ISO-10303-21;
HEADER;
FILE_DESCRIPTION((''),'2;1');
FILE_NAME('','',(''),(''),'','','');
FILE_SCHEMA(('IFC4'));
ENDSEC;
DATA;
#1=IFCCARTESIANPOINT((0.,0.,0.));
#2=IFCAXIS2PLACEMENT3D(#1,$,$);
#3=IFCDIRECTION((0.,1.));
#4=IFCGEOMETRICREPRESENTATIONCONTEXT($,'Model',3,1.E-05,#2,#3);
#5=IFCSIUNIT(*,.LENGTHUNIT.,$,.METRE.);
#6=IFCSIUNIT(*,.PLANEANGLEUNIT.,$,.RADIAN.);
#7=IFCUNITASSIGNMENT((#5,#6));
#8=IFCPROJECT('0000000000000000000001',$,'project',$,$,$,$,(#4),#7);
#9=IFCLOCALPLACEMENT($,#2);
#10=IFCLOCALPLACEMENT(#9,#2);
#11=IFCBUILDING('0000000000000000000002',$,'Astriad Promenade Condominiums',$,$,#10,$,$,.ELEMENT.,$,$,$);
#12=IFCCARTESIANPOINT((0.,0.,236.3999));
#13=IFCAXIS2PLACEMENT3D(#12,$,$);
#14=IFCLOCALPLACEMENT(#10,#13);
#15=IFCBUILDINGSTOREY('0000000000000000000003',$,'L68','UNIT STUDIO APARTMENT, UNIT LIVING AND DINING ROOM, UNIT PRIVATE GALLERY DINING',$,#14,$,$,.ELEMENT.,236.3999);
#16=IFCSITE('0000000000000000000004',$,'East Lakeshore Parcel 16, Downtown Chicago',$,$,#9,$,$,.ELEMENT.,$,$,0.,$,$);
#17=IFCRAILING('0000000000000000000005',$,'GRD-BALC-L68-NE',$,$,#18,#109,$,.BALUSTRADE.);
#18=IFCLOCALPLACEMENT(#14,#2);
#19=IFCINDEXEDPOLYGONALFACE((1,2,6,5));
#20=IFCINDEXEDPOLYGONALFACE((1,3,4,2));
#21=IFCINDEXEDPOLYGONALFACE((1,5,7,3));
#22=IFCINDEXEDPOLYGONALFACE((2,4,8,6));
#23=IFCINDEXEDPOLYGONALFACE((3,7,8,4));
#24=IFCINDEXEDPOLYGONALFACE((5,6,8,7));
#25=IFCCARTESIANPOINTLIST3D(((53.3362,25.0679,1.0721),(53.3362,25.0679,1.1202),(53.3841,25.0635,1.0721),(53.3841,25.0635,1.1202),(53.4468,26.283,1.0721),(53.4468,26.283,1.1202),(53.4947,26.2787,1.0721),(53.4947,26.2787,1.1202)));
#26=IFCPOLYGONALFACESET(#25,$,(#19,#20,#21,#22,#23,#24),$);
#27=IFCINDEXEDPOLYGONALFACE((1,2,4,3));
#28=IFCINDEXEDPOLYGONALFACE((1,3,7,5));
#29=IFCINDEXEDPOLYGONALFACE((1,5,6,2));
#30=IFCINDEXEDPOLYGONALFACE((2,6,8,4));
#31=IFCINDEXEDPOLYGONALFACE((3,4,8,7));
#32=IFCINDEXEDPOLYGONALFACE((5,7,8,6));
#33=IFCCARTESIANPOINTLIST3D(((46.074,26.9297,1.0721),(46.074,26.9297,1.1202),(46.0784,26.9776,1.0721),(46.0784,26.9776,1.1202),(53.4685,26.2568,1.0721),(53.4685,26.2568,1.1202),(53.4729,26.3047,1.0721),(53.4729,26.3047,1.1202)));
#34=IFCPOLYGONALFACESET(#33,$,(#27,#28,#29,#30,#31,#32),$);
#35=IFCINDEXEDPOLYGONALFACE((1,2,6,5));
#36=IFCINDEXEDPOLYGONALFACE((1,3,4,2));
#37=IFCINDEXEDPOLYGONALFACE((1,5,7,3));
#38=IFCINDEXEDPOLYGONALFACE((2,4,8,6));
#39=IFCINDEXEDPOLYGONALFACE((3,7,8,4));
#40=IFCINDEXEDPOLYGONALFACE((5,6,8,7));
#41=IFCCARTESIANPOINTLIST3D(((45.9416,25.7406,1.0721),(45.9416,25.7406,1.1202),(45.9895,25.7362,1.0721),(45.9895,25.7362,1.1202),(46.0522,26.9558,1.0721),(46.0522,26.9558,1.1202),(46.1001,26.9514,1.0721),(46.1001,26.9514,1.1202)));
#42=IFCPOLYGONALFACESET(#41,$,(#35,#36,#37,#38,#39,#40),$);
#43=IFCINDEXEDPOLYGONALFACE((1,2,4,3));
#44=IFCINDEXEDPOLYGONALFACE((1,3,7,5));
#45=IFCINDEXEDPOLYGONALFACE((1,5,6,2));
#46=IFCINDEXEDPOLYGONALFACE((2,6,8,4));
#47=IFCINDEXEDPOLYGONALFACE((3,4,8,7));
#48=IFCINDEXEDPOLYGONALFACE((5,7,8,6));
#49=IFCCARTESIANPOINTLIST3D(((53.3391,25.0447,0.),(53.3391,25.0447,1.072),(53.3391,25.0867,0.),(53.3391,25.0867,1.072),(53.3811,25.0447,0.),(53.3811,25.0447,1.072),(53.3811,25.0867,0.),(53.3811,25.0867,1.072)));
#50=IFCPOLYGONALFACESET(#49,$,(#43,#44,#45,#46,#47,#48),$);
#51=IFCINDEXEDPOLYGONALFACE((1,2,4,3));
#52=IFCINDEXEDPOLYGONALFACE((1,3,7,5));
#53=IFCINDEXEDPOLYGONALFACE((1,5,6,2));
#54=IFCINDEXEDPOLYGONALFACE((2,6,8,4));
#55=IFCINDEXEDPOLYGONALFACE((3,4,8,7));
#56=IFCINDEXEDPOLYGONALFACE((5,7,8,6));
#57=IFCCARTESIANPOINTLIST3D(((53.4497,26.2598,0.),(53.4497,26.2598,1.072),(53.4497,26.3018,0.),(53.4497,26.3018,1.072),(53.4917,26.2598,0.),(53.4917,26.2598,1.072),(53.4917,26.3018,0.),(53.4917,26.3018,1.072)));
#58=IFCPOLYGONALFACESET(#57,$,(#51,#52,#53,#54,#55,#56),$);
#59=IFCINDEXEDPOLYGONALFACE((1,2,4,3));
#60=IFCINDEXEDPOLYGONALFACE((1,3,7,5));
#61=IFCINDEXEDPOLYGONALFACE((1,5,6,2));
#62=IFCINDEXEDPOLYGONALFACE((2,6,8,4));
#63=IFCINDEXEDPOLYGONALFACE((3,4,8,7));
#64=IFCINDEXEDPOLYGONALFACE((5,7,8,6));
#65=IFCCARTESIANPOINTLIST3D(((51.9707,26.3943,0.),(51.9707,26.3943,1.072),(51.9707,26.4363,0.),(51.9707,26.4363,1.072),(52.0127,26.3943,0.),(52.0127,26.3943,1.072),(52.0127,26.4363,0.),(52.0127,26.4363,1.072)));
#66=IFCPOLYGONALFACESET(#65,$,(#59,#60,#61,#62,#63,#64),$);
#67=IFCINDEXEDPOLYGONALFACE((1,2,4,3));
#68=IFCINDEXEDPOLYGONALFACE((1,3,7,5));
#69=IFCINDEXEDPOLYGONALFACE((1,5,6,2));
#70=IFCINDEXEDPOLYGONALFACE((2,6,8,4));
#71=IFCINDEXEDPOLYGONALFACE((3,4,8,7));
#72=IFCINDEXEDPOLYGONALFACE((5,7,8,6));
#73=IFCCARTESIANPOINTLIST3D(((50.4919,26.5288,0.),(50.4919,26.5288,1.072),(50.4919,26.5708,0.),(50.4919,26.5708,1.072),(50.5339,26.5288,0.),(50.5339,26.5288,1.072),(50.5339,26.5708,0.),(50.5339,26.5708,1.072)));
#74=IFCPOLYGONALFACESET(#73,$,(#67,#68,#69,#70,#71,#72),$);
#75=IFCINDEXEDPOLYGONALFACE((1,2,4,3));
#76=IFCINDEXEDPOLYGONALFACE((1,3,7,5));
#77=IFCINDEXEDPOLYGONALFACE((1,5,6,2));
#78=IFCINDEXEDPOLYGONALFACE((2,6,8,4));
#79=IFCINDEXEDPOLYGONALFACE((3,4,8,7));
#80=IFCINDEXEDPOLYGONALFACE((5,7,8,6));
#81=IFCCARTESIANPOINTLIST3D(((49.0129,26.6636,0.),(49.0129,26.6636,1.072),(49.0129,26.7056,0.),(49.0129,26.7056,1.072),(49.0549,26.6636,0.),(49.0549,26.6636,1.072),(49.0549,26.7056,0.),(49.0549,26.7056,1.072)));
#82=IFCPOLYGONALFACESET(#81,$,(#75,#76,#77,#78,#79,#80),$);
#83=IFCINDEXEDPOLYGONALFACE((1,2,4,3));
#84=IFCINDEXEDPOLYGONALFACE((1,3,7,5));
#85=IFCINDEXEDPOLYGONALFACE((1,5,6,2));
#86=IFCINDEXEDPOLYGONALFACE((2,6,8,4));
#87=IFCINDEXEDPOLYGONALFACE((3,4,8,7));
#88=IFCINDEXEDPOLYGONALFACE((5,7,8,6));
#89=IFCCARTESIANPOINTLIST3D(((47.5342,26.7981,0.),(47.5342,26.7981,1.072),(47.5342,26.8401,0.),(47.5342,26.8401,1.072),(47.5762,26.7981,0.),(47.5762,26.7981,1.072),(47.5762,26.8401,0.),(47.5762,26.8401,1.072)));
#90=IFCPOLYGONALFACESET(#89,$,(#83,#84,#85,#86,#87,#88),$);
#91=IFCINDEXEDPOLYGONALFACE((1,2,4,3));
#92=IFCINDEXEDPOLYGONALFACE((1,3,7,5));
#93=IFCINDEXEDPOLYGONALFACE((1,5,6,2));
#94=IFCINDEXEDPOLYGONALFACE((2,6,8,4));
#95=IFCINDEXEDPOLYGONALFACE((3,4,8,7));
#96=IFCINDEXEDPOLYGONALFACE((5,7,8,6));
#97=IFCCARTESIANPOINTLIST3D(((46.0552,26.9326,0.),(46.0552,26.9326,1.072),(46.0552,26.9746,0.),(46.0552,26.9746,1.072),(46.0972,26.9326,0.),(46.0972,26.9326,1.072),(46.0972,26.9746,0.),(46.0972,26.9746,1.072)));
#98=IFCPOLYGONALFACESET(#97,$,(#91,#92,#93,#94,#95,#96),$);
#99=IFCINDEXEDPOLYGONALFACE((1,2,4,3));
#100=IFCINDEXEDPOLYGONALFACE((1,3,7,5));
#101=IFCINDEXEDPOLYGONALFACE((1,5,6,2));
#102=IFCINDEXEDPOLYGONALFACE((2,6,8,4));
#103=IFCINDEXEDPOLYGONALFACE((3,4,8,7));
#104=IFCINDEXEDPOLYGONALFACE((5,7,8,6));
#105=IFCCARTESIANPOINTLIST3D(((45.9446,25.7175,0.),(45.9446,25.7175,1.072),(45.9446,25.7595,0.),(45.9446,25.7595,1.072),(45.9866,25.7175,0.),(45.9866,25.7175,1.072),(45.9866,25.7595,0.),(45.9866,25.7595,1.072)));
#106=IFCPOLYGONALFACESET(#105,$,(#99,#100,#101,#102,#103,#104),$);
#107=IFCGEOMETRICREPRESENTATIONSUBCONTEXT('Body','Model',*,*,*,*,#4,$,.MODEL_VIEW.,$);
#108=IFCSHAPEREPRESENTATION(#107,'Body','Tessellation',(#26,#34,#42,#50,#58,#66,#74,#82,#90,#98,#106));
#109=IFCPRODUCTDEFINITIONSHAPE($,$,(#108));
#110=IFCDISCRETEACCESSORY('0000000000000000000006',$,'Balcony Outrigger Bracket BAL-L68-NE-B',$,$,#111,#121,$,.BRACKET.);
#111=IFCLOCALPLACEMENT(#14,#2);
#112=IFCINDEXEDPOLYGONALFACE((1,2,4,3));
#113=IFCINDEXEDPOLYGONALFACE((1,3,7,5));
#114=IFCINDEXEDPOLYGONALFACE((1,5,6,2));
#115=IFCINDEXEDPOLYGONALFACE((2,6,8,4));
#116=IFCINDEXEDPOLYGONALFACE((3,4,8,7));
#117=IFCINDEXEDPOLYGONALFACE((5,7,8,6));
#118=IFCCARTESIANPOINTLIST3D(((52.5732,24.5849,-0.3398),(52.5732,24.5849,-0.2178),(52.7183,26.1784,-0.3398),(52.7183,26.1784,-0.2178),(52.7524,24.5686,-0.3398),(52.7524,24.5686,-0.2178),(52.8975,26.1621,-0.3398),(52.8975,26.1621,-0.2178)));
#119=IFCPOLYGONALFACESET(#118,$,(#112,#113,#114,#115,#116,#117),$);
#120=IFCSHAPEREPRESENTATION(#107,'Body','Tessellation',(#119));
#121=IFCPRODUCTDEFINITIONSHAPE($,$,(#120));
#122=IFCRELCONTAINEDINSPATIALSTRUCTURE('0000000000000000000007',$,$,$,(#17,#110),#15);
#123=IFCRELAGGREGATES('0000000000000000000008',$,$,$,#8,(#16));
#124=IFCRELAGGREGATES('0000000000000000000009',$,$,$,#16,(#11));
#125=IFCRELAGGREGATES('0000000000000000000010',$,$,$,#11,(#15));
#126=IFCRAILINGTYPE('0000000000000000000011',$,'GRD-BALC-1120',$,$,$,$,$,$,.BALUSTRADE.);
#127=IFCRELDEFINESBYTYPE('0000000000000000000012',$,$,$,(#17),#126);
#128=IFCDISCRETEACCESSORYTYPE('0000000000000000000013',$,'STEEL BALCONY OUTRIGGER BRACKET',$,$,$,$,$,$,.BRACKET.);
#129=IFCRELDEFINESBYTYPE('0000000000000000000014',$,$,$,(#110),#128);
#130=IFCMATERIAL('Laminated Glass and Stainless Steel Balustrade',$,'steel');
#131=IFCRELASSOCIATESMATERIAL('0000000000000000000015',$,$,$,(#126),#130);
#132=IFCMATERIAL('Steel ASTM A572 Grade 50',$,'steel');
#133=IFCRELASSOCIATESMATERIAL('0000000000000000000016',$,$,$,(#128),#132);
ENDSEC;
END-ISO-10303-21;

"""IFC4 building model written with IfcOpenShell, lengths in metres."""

from ifc_helpers import new_model, si_unit, direction, frame, origin, origin_2d, place, context, subcontext, project, spatial, rectangle, extrude, source, transform, mapped, material, type_object, type_shapes, element, save


model = new_model("IFC4")

# Units and contexts
model_context = context("Model", 3, precision=1e-05, world=origin(), true_north=direction((0.0, 1.0)))
body_context = subcontext(model_context, "Body", "Model", "MODEL_VIEW")
ifc_project = project(units=[si_unit("LENGTHUNIT", "METRE"), si_unit("PLANEANGLEUNIT", "RADIAN")], contexts=[model_context])

# Site, building, storey
site_placement = place(None, origin())
site = spatial("IfcSite", under=ifc_project, at=site_placement, Name="East Lakeshore Parcel 16, Downtown Chicago", CompositionType="ELEMENT", RefElevation=0.0)
building_placement = place(site_placement, origin())
building = spatial("IfcBuilding", under=site, at=building_placement, Name="Astriad Promenade Condominiums", CompositionType="ELEMENT")
storey_placement = place(building_placement, frame((0.0, 0.0, 236.3999)))
storey = spatial("IfcBuildingStorey", under=building, at=storey_placement, Name="L68", Description="UNIT STUDIO APARTMENT, UNIT LIVING AND DINING ROOM, UNIT PRIVATE GALLERY DINING", CompositionType="ELEMENT", Elevation=236.3999)

# Railing
ifc_material_1 = material(Name="Laminated Glass and Stainless Steel Balustrade", Category="steel")
railing_type = type_object("IfcRailingType", Name="GRD-BALC-1120", PredefinedType="BALUSTRADE", material=ifc_material_1)
shared_shape_1 = source(origin(), body_context, "Body", "SweptSolid", [
    extrude(rectangle(XDim=0.0481, YDim=0.0481, at=origin_2d()), frame((0.0, 0.0, 1.0962), z_axis=(0.090644, 0.995883, 0.0), x_axis=(-0.995883, 0.090644, 0.0)), (0.0, 0.0, 1.0), 1.2202),
    extrude(rectangle(XDim=0.0481, YDim=0.0481, at=origin_2d()), frame((0.1106, 1.2151, 1.0962), z_axis=(-0.995886, 0.090619, 0.0), x_axis=(-0.090619, -0.995886, 0.0)), (0.0, 0.0, 1.0), 7.425),
    extrude(rectangle(XDim=0.0481, YDim=0.0481, at=origin_2d()), frame((-7.2839, 1.8879, 1.0962), z_axis=(-0.090644, -0.995883, 0.0), x_axis=(0.995883, -0.090644, 0.0)), (0.0, 0.0, 1.0), 1.2202),
    extrude(rectangle(XDim=0.042, YDim=0.042, at=origin_2d()), origin(), (0.0, 0.0, 1.0), 1.072),
    extrude(rectangle(XDim=0.042, YDim=0.042, at=origin_2d()), frame((0.1106, 1.2151, 0.0)), (0.0, 0.0, 1.0), 1.072),
    extrude(rectangle(XDim=0.042, YDim=0.042, at=origin_2d()), frame((-1.3684, 1.3496, 0.0)), (0.0, 0.0, 1.0), 1.072),
    extrude(rectangle(XDim=0.042, YDim=0.042, at=origin_2d()), frame((-2.8472, 1.4841, 0.0)), (0.0, 0.0, 1.0), 1.072),
    extrude(rectangle(XDim=0.042, YDim=0.042, at=origin_2d()), frame((-4.3262, 1.6189, 0.0)), (0.0, 0.0, 1.0), 1.072),
    extrude(rectangle(XDim=0.042, YDim=0.042, at=origin_2d()), frame((-5.8049, 1.7534, 0.0)), (0.0, 0.0, 1.0), 1.072),
    extrude(rectangle(XDim=0.042, YDim=0.042, at=origin_2d()), frame((-7.2839, 1.8879, 0.0)), (0.0, 0.0, 1.0), 1.072),
    extrude(rectangle(XDim=0.042, YDim=0.042, at=origin_2d()), frame((-7.3945, 0.6729, 0.0)), (0.0, 0.0, 1.0), 1.072),
])
type_shapes(railing_type, [shared_shape_1])
railing_placement = place(storey_placement, frame((53.3601, 25.0657, 0.0)))
element("IfcRailing", 1, at=railing_placement, inside=storey, type_object=railing_type, Name="GRD-BALC-L68-NE", PredefinedType="BALUSTRADE", context=body_context, shape_type="MappedRepresentation", body=[
    mapped(shared_shape_1, transform((0.0, 0.0, 0.0), scale=1.0)),
])

# Discrete accessory
ifc_material_2 = material(Name="Steel ASTM A572 Grade 50", Category="steel")
discrete_accessory_type = type_object("IfcDiscreteAccessoryType", Name="STEEL BALCONY OUTRIGGER BRACKET", PredefinedType="BRACKET", material=ifc_material_2)
shared_shape_2 = source(origin(), body_context, "Body", "SweptSolid", [
    extrude(rectangle(XDim=1.6001, YDim=0.1799, at=origin_2d()), origin(), (0.0, 0.0, 1.0), 0.1221),
])
type_shapes(discrete_accessory_type, [shared_shape_2])
discrete_accessory_placement = place(storey_placement, frame((52.7354, 25.3735, -0.3398), z_axis=(0.0, 0.0, 1.0), x_axis=(0.090633, 0.995884, 0.0)))
element("IfcDiscreteAccessory", 2, at=discrete_accessory_placement, inside=storey, type_object=discrete_accessory_type, Name="Balcony Outrigger Bracket BAL-L68-NE-B", PredefinedType="BRACKET", context=body_context, shape_type="MappedRepresentation", body=[
    mapped(shared_shape_2, transform((0.0, 0.0, 0.0), scale=1.0)),
])

save(model, "model.ifc")
